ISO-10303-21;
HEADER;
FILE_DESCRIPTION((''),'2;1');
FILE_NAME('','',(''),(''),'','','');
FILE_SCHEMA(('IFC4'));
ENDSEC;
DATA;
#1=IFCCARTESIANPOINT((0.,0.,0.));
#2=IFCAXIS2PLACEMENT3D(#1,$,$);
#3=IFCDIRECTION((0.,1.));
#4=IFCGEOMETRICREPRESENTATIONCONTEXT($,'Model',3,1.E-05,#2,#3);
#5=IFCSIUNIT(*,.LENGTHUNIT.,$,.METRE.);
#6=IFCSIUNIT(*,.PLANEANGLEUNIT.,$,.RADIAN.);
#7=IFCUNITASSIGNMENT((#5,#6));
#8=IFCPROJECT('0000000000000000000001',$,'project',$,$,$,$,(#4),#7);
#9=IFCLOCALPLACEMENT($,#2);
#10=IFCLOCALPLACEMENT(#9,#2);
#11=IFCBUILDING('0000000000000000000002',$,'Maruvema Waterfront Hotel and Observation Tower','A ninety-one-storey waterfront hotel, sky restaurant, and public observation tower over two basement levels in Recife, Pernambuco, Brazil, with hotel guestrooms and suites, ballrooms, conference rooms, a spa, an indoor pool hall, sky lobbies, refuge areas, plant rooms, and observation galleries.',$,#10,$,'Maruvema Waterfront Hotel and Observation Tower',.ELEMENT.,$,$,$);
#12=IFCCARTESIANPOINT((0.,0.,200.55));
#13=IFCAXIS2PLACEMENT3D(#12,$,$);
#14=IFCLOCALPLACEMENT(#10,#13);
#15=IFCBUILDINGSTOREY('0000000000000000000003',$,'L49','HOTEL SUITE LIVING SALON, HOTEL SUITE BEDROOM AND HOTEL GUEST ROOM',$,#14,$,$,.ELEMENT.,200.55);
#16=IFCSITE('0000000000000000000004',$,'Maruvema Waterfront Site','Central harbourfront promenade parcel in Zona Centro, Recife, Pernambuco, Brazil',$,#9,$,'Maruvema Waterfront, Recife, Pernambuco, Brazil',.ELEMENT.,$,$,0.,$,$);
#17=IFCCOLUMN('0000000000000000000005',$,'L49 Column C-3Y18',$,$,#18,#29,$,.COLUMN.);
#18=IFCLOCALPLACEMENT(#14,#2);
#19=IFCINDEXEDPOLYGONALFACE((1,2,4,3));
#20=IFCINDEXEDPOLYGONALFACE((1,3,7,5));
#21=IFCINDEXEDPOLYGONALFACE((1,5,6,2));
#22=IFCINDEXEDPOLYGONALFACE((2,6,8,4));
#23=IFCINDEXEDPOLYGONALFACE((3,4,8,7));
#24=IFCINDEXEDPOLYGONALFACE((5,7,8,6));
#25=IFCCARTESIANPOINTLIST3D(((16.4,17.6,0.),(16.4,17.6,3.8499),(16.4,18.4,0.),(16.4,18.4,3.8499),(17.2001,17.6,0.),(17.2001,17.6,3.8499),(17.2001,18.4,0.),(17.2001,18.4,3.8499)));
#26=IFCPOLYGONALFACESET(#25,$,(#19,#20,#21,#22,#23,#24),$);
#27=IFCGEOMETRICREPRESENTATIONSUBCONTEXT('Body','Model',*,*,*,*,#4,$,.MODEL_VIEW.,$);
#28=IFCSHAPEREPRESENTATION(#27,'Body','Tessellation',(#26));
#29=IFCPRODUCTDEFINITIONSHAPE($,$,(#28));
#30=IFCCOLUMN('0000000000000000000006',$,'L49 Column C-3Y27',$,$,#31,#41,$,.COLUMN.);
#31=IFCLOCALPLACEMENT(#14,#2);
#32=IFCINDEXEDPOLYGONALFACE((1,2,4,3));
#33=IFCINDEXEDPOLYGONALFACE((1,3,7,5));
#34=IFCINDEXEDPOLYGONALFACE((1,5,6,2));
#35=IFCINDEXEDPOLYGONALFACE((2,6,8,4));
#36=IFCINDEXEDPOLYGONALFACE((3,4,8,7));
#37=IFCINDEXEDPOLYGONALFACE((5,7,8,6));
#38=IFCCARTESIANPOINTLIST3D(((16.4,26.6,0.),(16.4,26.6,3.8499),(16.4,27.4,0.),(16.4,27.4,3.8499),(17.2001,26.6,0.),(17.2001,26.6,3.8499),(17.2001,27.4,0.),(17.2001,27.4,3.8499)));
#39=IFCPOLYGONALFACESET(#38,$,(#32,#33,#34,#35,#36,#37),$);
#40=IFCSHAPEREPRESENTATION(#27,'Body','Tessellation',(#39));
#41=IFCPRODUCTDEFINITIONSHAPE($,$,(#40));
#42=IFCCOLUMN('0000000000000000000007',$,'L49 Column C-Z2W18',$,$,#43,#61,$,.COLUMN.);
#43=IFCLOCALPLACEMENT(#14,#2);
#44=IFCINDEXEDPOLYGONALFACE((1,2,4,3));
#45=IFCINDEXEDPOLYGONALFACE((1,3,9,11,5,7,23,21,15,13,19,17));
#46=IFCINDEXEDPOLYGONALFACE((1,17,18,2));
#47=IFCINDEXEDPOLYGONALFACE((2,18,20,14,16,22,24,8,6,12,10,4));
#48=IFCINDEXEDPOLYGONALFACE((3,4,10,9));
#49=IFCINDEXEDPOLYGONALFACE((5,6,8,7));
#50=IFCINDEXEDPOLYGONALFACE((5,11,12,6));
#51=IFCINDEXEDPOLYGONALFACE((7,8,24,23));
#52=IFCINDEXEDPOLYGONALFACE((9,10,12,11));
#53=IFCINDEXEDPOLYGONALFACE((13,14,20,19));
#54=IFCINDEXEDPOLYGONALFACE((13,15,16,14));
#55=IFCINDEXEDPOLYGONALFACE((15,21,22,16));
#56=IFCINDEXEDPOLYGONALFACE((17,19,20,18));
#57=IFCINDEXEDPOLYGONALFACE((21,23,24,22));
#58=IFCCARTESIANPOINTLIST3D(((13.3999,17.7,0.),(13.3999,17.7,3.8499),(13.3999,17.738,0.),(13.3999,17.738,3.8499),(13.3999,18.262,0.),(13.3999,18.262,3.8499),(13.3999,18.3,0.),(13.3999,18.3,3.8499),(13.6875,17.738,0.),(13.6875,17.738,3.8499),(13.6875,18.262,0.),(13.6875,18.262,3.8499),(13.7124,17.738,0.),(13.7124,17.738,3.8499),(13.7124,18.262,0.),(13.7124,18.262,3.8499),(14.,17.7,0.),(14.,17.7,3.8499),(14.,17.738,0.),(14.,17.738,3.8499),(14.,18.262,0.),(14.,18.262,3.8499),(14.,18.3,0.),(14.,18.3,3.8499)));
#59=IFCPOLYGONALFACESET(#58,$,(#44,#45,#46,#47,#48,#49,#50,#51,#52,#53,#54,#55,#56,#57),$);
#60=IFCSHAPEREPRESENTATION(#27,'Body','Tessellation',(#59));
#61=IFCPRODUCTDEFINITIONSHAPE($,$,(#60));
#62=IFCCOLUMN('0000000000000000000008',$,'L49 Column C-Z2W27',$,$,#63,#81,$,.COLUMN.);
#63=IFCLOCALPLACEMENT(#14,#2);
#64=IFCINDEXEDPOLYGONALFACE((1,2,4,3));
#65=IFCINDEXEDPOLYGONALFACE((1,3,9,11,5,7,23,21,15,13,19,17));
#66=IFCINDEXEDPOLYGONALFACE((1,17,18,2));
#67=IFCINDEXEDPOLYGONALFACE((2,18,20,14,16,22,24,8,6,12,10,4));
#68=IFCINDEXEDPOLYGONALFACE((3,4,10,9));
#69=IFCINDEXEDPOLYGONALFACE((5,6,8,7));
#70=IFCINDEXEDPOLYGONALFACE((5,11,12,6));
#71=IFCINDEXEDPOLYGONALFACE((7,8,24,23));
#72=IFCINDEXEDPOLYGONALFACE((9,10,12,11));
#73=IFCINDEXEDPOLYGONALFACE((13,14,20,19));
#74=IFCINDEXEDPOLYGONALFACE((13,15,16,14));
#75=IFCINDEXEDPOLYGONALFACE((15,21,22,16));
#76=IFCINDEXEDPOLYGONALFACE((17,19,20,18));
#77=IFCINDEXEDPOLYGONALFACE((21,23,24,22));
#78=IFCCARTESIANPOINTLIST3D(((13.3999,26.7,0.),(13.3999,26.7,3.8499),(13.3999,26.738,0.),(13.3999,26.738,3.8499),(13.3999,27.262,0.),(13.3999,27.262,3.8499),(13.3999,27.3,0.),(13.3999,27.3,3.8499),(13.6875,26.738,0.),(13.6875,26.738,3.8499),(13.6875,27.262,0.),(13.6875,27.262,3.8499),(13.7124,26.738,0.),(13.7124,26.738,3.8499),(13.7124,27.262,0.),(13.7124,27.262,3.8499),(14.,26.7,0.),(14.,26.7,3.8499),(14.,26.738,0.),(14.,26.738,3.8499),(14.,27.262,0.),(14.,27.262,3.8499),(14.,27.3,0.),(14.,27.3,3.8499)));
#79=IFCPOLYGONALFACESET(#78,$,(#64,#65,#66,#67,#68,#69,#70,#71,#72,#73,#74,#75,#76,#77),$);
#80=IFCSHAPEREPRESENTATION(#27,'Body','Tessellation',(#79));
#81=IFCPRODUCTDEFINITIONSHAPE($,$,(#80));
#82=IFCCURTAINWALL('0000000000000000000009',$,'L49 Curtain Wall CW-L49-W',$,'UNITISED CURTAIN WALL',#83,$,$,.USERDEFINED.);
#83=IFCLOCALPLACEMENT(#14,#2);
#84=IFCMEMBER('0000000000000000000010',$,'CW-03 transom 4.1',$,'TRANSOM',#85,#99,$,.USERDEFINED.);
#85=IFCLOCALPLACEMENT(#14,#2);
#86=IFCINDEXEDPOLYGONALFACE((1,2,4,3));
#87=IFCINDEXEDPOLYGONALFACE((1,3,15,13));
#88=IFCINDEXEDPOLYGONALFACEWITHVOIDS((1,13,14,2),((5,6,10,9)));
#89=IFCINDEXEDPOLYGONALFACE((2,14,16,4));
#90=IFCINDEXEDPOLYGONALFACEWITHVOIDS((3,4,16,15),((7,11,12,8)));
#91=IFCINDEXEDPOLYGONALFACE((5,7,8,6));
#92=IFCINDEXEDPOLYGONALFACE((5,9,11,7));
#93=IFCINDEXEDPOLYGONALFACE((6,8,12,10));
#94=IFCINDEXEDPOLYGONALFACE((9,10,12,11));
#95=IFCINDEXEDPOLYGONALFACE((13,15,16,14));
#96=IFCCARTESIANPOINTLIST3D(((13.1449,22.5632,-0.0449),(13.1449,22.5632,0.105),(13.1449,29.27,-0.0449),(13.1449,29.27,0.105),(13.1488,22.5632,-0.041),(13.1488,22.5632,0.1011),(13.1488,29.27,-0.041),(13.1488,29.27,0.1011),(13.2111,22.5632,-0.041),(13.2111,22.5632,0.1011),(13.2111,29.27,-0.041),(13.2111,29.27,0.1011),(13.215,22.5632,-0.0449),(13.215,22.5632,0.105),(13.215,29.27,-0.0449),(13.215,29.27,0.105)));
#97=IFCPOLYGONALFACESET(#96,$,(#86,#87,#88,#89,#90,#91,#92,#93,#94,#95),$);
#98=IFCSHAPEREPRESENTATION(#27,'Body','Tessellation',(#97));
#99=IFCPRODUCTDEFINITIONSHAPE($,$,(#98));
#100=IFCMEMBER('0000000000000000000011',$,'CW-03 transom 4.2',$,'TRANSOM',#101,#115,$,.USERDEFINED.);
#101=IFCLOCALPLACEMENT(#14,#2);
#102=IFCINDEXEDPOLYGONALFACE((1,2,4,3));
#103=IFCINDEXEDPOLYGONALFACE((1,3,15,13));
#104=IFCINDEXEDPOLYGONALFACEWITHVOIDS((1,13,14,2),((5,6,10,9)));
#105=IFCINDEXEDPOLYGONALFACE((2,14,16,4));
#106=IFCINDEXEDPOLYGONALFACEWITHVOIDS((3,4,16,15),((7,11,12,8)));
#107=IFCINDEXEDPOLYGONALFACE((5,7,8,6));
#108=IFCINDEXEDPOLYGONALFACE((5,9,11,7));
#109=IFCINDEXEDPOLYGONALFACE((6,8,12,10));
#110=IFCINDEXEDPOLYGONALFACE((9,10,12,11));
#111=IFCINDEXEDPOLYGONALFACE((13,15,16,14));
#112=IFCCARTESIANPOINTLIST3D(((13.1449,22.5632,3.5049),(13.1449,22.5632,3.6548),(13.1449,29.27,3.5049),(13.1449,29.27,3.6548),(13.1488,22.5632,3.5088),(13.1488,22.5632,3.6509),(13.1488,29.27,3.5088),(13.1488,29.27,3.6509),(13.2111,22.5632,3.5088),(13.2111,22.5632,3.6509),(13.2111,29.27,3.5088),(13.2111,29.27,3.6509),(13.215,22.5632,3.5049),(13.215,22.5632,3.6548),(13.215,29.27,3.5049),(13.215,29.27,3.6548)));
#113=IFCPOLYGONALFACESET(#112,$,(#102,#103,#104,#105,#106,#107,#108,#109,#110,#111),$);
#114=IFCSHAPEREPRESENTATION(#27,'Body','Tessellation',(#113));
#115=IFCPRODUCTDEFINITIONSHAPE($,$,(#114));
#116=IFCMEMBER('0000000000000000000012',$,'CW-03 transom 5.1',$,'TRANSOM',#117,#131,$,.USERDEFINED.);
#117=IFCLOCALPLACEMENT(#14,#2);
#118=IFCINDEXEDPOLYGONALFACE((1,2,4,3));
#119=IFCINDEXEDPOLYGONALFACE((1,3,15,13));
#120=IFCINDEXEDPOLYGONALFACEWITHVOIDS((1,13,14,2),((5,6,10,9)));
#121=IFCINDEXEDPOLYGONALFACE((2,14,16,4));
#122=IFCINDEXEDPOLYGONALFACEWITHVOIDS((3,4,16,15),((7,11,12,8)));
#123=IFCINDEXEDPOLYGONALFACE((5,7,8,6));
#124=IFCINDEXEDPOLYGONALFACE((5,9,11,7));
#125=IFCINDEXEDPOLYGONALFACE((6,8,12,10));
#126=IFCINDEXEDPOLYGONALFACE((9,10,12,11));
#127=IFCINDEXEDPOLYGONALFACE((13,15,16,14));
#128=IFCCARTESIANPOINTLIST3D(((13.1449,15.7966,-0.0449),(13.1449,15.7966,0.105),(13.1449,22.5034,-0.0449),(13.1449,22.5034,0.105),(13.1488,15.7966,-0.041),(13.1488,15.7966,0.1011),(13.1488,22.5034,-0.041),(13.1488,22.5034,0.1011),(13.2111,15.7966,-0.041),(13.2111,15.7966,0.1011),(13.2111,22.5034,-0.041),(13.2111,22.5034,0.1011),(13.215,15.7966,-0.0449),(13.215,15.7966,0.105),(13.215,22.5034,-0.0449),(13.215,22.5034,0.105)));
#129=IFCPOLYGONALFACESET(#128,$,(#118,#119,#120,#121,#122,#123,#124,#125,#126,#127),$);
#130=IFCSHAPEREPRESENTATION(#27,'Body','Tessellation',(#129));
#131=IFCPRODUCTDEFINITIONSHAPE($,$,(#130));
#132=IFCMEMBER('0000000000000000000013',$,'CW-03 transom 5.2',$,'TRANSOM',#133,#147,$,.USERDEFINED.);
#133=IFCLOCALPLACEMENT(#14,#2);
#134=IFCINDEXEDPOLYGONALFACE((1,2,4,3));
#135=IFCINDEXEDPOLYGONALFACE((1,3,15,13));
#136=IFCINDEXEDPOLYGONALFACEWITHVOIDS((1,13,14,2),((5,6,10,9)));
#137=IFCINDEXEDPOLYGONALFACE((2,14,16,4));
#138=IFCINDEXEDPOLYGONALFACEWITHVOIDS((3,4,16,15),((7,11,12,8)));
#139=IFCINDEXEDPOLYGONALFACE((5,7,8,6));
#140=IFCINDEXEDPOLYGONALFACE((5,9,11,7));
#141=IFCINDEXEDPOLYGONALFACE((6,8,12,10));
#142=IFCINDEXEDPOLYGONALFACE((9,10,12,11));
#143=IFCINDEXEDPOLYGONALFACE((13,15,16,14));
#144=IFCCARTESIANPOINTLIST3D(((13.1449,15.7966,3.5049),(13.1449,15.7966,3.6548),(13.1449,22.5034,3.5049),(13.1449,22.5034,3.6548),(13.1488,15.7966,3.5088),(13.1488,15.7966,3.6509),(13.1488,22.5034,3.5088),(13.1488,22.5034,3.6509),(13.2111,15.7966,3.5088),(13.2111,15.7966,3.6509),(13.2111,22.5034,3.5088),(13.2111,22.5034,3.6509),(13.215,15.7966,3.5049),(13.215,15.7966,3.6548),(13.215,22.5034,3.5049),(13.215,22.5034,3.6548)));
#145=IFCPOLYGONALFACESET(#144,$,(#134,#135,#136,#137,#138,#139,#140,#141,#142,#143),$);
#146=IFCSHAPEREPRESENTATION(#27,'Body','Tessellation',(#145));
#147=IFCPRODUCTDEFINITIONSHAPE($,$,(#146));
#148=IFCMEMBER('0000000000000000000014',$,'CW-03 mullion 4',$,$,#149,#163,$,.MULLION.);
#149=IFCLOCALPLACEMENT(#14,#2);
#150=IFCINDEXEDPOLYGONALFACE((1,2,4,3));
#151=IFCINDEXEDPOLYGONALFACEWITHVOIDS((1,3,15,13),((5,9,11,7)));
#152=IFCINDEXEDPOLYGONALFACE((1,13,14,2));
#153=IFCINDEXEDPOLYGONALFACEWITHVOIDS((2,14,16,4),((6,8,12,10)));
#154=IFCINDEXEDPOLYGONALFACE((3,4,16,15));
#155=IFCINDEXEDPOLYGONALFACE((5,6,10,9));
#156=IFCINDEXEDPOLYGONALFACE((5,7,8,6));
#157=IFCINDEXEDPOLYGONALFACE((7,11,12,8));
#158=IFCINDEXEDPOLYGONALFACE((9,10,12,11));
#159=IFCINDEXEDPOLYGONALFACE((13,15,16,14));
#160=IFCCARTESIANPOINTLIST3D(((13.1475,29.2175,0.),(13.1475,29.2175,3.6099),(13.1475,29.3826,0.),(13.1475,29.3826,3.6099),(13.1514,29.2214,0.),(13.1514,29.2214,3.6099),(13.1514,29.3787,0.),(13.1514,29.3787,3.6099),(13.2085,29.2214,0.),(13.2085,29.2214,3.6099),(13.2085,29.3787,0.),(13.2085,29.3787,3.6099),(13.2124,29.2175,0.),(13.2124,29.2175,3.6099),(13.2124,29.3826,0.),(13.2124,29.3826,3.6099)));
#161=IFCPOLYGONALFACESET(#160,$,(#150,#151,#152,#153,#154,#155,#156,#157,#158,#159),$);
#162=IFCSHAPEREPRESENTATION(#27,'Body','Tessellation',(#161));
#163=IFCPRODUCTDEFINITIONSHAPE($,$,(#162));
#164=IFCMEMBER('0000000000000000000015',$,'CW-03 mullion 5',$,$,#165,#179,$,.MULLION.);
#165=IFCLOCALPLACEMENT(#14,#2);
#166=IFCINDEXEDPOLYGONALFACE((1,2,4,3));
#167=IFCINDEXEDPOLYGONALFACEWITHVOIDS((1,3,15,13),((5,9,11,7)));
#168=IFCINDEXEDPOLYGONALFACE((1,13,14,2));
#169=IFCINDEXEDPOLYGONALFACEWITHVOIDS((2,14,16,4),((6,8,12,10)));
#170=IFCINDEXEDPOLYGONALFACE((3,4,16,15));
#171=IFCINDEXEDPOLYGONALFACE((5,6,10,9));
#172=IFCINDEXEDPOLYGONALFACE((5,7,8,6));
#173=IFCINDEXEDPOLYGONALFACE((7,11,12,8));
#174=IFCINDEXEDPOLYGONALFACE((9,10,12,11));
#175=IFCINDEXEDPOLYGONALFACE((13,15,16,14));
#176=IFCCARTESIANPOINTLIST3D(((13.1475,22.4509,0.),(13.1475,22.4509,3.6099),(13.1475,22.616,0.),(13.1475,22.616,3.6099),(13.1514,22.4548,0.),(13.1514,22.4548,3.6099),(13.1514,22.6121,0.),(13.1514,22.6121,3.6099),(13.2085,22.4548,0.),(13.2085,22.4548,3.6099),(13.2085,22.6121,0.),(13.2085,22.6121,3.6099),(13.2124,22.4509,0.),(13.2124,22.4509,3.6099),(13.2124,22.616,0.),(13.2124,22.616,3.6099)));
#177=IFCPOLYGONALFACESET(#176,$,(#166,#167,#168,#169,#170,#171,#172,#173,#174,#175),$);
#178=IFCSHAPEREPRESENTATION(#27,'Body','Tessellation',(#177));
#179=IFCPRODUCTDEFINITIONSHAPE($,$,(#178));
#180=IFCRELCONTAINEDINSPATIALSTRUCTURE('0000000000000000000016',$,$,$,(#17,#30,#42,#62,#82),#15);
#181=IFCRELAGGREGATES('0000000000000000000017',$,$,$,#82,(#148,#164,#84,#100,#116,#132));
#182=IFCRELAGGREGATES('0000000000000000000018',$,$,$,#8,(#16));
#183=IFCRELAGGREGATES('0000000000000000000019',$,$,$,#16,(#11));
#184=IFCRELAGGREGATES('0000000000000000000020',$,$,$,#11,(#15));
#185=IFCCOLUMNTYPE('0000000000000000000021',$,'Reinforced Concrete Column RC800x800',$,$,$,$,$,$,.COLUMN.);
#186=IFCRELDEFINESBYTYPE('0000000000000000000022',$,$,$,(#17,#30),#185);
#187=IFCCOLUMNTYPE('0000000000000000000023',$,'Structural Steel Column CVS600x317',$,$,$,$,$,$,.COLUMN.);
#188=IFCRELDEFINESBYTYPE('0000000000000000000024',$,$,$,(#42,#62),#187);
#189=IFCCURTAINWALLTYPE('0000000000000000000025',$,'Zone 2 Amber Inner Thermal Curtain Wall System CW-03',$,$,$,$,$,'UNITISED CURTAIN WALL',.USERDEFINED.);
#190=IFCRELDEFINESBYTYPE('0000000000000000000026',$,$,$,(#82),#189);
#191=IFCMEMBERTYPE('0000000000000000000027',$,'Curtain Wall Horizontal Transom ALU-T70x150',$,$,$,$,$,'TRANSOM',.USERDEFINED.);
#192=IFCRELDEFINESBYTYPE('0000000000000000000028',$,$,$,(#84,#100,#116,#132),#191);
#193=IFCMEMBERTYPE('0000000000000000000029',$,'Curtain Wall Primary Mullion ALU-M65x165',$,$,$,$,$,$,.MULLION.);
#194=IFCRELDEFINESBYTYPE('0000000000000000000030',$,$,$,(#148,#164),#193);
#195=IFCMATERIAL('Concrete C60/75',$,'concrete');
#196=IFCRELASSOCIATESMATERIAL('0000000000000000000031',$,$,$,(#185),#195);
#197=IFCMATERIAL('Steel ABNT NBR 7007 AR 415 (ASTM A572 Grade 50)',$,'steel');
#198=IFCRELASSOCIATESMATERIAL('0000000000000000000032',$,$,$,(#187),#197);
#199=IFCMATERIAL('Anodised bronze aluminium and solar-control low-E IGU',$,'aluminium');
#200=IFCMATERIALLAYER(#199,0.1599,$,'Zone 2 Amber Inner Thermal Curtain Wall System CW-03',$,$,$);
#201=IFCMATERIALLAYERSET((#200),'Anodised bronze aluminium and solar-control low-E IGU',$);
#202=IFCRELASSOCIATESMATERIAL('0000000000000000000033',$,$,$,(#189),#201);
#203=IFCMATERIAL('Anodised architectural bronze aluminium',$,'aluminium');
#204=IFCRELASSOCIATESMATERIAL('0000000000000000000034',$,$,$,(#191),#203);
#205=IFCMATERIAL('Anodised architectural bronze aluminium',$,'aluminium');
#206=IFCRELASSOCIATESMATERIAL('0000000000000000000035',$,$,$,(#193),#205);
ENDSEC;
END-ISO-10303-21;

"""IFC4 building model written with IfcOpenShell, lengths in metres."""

from ifc_helpers import new_model, si_unit, direction, frame, origin, origin_2d, place, context, subcontext, project, spatial, rectangle, hollow_rectangle, i_section, extrude, material, layer, layer_set, material_profile, profile_set, type_object, element, aggregate, save


model = new_model("IFC4")

# Units and contexts
model_context = context("Model", 3, precision=1e-05, world=origin(), true_north=direction((0.0, 1.0)))
body_context = subcontext(model_context, "Body", "Model", "MODEL_VIEW")
ifc_project = project(units=[si_unit("LENGTHUNIT", "METRE"), si_unit("PLANEANGLEUNIT", "RADIAN")], contexts=[model_context])

# Site, building, storey
site_placement = place(None, origin())
site = spatial("IfcSite", under=ifc_project, at=site_placement, Name="Maruvema Waterfront Site", Description="Central harbourfront promenade parcel in Zona Centro, Recife, Pernambuco, Brazil", LongName="Maruvema Waterfront, Recife, Pernambuco, Brazil", CompositionType="ELEMENT", RefElevation=0.0)
building_placement = place(site_placement, origin())
building = spatial("IfcBuilding", under=site, at=building_placement, Name="Maruvema Waterfront Hotel and Observation Tower", Description="A ninety-one-storey waterfront hotel, sky restaurant, and public observation tower over two basement levels in Recife, Pernambuco, Brazil, with hotel guestrooms and suites, ballrooms, conference rooms, a spa, an indoor pool hall, sky lobbies, refuge areas, plant rooms, and observation galleries.", LongName="Maruvema Waterfront Hotel and Observation Tower", CompositionType="ELEMENT")
storey_placement = place(building_placement, frame((0.0, 0.0, 200.55)))
storey = spatial("IfcBuildingStorey", under=building, at=storey_placement, Name="L49", Description="HOTEL SUITE LIVING SALON, HOTEL SUITE BEDROOM AND HOTEL GUEST ROOM", CompositionType="ELEMENT", Elevation=200.55)

# Columns
ifc_material_1 = material(Name="Concrete C60/75", Category="concrete")
ifc_material_profile_1 = material_profile(ifc_material_1, rectangle(XDim=0.8, YDim=0.8, at=origin_2d()), Name="RC800x800")
ifc_profile_set_1 = profile_set([ifc_material_profile_1], Name="Concrete C60/75")
column_type_1 = type_object("IfcColumnType", Name="Reinforced Concrete Column RC800x800", PredefinedType="COLUMN", material=ifc_profile_set_1)
for number, where, z_axis, x_axis, name in (
    (1, (16.8, 18.0, 0.0), (0.0, 0.0, 1.0), (1.0, 0.0, 0.0), "L49 Column C-3Y18"),
    (2, (16.8, 27.0, 0.0), (0.0, 0.0, 1.0), (1.0, 0.0, 0.0), "L49 Column C-3Y27"),
):
    element("IfcColumn", number, at=place(storey_placement, frame(where, z_axis=z_axis, x_axis=x_axis)), inside=storey, type_object=column_type_1, Name=name, PredefinedType="COLUMN", context=body_context, shape_type="SweptSolid", body=[
        extrude(rectangle(XDim=0.8, YDim=0.8, at=origin_2d()), origin(), (0.0, 0.0, 1.0), 3.8499),
    ])
ifc_material_2 = material(Name="Steel ABNT NBR 7007 AR 415 (ASTM A572 Grade 50)", Category="steel")
ifc_material_profile_2 = material_profile(ifc_material_2, i_section(OverallWidth=0.6001, OverallDepth=0.6001, WebThickness=0.0249, FlangeThickness=0.0381, at=origin_2d()), Name="CVS600x317")
ifc_profile_set_2 = profile_set([ifc_material_profile_2], Name="Steel ABNT NBR 7007 AR 415 (ASTM A572 Grade 50)")
column_type_2 = type_object("IfcColumnType", Name="Structural Steel Column CVS600x317", PredefinedType="COLUMN", material=ifc_profile_set_2)
for number, where, z_axis, x_axis, name in (
    (3, (13.7, 18.0, 0.0), (0.0, 0.0, 1.0), (1.0, 0.0, 0.0), "L49 Column C-Z2W18"),
    (4, (13.7, 27.0, 0.0), (0.0, 0.0, 1.0), (1.0, 0.0, 0.0), "L49 Column C-Z2W27"),
):
    element("IfcColumn", number, at=place(storey_placement, frame(where, z_axis=z_axis, x_axis=x_axis)), inside=storey, type_object=column_type_2, Name=name, PredefinedType="COLUMN", context=body_context, shape_type="SweptSolid", body=[
        extrude(i_section(OverallWidth=0.6001, OverallDepth=0.6001, WebThickness=0.0249, FlangeThickness=0.0381, at=origin_2d()), origin(), (0.0, 0.0, 1.0), 3.8499),
    ])

# Curtain wall, members
ifc_material_3 = material(Name="Anodised bronze aluminium and solar-control low-E IGU", Category="aluminium")
ifc_layer_1 = layer(ifc_material_3, 0.1599, Name="Zone 2 Amber Inner Thermal Curtain Wall System CW-03")
ifc_layer_set_1 = layer_set([ifc_layer_1], Name="Anodised bronze aluminium and solar-control low-E IGU")
curtain_wall_type = type_object("IfcCurtainWallType", Name="Zone 2 Amber Inner Thermal Curtain Wall System CW-03", ElementType="UNITISED CURTAIN WALL", PredefinedType="USERDEFINED", material=ifc_layer_set_1)
curtain_wall_placement = place(storey_placement, origin())
curtain_wall = element("IfcCurtainWall", 5, at=curtain_wall_placement, inside=storey, type_object=curtain_wall_type, Name="L49 Curtain Wall CW-L49-W", ObjectType="UNITISED CURTAIN WALL", PredefinedType="USERDEFINED")
ifc_material_4 = material(Name="Anodised architectural bronze aluminium", Category="aluminium")
ifc_material_profile_3 = material_profile(ifc_material_4, hollow_rectangle(XDim=0.0701, YDim=0.1499, WallThickness=0.0039, at=origin_2d()), Name="ALU-T70x150")
ifc_profile_set_3 = profile_set([ifc_material_profile_3], Name="Anodised architectural bronze aluminium")
member_type_1 = type_object("IfcMemberType", Name="Curtain Wall Horizontal Transom ALU-T70x150", ElementType="TRANSOM", PredefinedType="USERDEFINED", material=ifc_profile_set_3)
member_1_placement = place(storey_placement, frame((13.1799, 29.27, 0.03), z_axis=(0.0, -1.0, 0.0), x_axis=(1.0, 0.0, 0.0)))
member_1 = element("IfcMember", 6, at=member_1_placement, type_object=member_type_1, Name="CW-03 transom 4.1", ObjectType="TRANSOM", PredefinedType="USERDEFINED", context=body_context, shape_type="SweptSolid", body=[
    extrude(hollow_rectangle(XDim=0.0701, YDim=0.1499, WallThickness=0.0039, at=origin_2d()), origin(), (0.0, 0.0, 1.0), 6.7068),
])
member_2_placement = place(storey_placement, frame((13.1799, 29.27, 3.5798), z_axis=(0.0, -1.0, 0.0), x_axis=(1.0, 0.0, 0.0)))
member_2 = element("IfcMember", 7, at=member_2_placement, type_object=member_type_1, Name="CW-03 transom 4.2", ObjectType="TRANSOM", PredefinedType="USERDEFINED", context=body_context, shape_type="SweptSolid", body=[
    extrude(hollow_rectangle(XDim=0.0701, YDim=0.1499, WallThickness=0.0039, at=origin_2d()), origin(), (0.0, 0.0, 1.0), 6.7068),
])
member_3_placement = place(storey_placement, frame((13.1799, 22.5034, 0.03), z_axis=(0.0, -1.0, 0.0), x_axis=(1.0, 0.0, 0.0)))
member_3 = element("IfcMember", 8, at=member_3_placement, type_object=member_type_1, Name="CW-03 transom 5.1", ObjectType="TRANSOM", PredefinedType="USERDEFINED", context=body_context, shape_type="SweptSolid", body=[
    extrude(hollow_rectangle(XDim=0.0701, YDim=0.1499, WallThickness=0.0039, at=origin_2d()), origin(), (0.0, 0.0, 1.0), 6.7068),
])
member_4_placement = place(storey_placement, frame((13.1799, 22.5034, 3.5798), z_axis=(0.0, -1.0, 0.0), x_axis=(1.0, 0.0, 0.0)))
member_4 = element("IfcMember", 9, at=member_4_placement, type_object=member_type_1, Name="CW-03 transom 5.2", ObjectType="TRANSOM", PredefinedType="USERDEFINED", context=body_context, shape_type="SweptSolid", body=[
    extrude(hollow_rectangle(XDim=0.0701, YDim=0.1499, WallThickness=0.0039, at=origin_2d()), origin(), (0.0, 0.0, 1.0), 6.7068),
])
ifc_material_5 = material(Name="Anodised architectural bronze aluminium", Category="aluminium")
ifc_material_profile_4 = material_profile(ifc_material_5, hollow_rectangle(XDim=0.0649, YDim=0.165, WallThickness=0.0039, at=origin_2d()), Name="ALU-M65x165")
ifc_profile_set_4 = profile_set([ifc_material_profile_4], Name="Anodised architectural bronze aluminium")
member_type_2 = type_object("IfcMemberType", Name="Curtain Wall Primary Mullion ALU-M65x165", PredefinedType="MULLION", material=ifc_profile_set_4)
member_5_placement = place(storey_placement, frame((13.1799, 29.3, 0.0), z_axis=(0.0, 0.0, 1.0), x_axis=(1.0, 0.0, 0.0)))
member_5 = element("IfcMember", 10, at=member_5_placement, type_object=member_type_2, Name="CW-03 mullion 4", PredefinedType="MULLION", context=body_context, shape_type="SweptSolid", body=[
    extrude(hollow_rectangle(XDim=0.0649, YDim=0.165, WallThickness=0.0039, at=origin_2d()), origin(), (0.0, 0.0, 1.0), 3.6099),
])
member_6_placement = place(storey_placement, frame((13.1799, 22.5334, 0.0), z_axis=(0.0, 0.0, 1.0), x_axis=(1.0, 0.0, 0.0)))
member_6 = element("IfcMember", 11, at=member_6_placement, type_object=member_type_2, Name="CW-03 mullion 5", PredefinedType="MULLION", context=body_context, shape_type="SweptSolid", body=[
    extrude(hollow_rectangle(XDim=0.0649, YDim=0.165, WallThickness=0.0039, at=origin_2d()), origin(), (0.0, 0.0, 1.0), 3.6099),
])

aggregate(curtain_wall, [member_5, member_6, member_1, member_2, member_3, member_4])

save(model, "model.ifc")
